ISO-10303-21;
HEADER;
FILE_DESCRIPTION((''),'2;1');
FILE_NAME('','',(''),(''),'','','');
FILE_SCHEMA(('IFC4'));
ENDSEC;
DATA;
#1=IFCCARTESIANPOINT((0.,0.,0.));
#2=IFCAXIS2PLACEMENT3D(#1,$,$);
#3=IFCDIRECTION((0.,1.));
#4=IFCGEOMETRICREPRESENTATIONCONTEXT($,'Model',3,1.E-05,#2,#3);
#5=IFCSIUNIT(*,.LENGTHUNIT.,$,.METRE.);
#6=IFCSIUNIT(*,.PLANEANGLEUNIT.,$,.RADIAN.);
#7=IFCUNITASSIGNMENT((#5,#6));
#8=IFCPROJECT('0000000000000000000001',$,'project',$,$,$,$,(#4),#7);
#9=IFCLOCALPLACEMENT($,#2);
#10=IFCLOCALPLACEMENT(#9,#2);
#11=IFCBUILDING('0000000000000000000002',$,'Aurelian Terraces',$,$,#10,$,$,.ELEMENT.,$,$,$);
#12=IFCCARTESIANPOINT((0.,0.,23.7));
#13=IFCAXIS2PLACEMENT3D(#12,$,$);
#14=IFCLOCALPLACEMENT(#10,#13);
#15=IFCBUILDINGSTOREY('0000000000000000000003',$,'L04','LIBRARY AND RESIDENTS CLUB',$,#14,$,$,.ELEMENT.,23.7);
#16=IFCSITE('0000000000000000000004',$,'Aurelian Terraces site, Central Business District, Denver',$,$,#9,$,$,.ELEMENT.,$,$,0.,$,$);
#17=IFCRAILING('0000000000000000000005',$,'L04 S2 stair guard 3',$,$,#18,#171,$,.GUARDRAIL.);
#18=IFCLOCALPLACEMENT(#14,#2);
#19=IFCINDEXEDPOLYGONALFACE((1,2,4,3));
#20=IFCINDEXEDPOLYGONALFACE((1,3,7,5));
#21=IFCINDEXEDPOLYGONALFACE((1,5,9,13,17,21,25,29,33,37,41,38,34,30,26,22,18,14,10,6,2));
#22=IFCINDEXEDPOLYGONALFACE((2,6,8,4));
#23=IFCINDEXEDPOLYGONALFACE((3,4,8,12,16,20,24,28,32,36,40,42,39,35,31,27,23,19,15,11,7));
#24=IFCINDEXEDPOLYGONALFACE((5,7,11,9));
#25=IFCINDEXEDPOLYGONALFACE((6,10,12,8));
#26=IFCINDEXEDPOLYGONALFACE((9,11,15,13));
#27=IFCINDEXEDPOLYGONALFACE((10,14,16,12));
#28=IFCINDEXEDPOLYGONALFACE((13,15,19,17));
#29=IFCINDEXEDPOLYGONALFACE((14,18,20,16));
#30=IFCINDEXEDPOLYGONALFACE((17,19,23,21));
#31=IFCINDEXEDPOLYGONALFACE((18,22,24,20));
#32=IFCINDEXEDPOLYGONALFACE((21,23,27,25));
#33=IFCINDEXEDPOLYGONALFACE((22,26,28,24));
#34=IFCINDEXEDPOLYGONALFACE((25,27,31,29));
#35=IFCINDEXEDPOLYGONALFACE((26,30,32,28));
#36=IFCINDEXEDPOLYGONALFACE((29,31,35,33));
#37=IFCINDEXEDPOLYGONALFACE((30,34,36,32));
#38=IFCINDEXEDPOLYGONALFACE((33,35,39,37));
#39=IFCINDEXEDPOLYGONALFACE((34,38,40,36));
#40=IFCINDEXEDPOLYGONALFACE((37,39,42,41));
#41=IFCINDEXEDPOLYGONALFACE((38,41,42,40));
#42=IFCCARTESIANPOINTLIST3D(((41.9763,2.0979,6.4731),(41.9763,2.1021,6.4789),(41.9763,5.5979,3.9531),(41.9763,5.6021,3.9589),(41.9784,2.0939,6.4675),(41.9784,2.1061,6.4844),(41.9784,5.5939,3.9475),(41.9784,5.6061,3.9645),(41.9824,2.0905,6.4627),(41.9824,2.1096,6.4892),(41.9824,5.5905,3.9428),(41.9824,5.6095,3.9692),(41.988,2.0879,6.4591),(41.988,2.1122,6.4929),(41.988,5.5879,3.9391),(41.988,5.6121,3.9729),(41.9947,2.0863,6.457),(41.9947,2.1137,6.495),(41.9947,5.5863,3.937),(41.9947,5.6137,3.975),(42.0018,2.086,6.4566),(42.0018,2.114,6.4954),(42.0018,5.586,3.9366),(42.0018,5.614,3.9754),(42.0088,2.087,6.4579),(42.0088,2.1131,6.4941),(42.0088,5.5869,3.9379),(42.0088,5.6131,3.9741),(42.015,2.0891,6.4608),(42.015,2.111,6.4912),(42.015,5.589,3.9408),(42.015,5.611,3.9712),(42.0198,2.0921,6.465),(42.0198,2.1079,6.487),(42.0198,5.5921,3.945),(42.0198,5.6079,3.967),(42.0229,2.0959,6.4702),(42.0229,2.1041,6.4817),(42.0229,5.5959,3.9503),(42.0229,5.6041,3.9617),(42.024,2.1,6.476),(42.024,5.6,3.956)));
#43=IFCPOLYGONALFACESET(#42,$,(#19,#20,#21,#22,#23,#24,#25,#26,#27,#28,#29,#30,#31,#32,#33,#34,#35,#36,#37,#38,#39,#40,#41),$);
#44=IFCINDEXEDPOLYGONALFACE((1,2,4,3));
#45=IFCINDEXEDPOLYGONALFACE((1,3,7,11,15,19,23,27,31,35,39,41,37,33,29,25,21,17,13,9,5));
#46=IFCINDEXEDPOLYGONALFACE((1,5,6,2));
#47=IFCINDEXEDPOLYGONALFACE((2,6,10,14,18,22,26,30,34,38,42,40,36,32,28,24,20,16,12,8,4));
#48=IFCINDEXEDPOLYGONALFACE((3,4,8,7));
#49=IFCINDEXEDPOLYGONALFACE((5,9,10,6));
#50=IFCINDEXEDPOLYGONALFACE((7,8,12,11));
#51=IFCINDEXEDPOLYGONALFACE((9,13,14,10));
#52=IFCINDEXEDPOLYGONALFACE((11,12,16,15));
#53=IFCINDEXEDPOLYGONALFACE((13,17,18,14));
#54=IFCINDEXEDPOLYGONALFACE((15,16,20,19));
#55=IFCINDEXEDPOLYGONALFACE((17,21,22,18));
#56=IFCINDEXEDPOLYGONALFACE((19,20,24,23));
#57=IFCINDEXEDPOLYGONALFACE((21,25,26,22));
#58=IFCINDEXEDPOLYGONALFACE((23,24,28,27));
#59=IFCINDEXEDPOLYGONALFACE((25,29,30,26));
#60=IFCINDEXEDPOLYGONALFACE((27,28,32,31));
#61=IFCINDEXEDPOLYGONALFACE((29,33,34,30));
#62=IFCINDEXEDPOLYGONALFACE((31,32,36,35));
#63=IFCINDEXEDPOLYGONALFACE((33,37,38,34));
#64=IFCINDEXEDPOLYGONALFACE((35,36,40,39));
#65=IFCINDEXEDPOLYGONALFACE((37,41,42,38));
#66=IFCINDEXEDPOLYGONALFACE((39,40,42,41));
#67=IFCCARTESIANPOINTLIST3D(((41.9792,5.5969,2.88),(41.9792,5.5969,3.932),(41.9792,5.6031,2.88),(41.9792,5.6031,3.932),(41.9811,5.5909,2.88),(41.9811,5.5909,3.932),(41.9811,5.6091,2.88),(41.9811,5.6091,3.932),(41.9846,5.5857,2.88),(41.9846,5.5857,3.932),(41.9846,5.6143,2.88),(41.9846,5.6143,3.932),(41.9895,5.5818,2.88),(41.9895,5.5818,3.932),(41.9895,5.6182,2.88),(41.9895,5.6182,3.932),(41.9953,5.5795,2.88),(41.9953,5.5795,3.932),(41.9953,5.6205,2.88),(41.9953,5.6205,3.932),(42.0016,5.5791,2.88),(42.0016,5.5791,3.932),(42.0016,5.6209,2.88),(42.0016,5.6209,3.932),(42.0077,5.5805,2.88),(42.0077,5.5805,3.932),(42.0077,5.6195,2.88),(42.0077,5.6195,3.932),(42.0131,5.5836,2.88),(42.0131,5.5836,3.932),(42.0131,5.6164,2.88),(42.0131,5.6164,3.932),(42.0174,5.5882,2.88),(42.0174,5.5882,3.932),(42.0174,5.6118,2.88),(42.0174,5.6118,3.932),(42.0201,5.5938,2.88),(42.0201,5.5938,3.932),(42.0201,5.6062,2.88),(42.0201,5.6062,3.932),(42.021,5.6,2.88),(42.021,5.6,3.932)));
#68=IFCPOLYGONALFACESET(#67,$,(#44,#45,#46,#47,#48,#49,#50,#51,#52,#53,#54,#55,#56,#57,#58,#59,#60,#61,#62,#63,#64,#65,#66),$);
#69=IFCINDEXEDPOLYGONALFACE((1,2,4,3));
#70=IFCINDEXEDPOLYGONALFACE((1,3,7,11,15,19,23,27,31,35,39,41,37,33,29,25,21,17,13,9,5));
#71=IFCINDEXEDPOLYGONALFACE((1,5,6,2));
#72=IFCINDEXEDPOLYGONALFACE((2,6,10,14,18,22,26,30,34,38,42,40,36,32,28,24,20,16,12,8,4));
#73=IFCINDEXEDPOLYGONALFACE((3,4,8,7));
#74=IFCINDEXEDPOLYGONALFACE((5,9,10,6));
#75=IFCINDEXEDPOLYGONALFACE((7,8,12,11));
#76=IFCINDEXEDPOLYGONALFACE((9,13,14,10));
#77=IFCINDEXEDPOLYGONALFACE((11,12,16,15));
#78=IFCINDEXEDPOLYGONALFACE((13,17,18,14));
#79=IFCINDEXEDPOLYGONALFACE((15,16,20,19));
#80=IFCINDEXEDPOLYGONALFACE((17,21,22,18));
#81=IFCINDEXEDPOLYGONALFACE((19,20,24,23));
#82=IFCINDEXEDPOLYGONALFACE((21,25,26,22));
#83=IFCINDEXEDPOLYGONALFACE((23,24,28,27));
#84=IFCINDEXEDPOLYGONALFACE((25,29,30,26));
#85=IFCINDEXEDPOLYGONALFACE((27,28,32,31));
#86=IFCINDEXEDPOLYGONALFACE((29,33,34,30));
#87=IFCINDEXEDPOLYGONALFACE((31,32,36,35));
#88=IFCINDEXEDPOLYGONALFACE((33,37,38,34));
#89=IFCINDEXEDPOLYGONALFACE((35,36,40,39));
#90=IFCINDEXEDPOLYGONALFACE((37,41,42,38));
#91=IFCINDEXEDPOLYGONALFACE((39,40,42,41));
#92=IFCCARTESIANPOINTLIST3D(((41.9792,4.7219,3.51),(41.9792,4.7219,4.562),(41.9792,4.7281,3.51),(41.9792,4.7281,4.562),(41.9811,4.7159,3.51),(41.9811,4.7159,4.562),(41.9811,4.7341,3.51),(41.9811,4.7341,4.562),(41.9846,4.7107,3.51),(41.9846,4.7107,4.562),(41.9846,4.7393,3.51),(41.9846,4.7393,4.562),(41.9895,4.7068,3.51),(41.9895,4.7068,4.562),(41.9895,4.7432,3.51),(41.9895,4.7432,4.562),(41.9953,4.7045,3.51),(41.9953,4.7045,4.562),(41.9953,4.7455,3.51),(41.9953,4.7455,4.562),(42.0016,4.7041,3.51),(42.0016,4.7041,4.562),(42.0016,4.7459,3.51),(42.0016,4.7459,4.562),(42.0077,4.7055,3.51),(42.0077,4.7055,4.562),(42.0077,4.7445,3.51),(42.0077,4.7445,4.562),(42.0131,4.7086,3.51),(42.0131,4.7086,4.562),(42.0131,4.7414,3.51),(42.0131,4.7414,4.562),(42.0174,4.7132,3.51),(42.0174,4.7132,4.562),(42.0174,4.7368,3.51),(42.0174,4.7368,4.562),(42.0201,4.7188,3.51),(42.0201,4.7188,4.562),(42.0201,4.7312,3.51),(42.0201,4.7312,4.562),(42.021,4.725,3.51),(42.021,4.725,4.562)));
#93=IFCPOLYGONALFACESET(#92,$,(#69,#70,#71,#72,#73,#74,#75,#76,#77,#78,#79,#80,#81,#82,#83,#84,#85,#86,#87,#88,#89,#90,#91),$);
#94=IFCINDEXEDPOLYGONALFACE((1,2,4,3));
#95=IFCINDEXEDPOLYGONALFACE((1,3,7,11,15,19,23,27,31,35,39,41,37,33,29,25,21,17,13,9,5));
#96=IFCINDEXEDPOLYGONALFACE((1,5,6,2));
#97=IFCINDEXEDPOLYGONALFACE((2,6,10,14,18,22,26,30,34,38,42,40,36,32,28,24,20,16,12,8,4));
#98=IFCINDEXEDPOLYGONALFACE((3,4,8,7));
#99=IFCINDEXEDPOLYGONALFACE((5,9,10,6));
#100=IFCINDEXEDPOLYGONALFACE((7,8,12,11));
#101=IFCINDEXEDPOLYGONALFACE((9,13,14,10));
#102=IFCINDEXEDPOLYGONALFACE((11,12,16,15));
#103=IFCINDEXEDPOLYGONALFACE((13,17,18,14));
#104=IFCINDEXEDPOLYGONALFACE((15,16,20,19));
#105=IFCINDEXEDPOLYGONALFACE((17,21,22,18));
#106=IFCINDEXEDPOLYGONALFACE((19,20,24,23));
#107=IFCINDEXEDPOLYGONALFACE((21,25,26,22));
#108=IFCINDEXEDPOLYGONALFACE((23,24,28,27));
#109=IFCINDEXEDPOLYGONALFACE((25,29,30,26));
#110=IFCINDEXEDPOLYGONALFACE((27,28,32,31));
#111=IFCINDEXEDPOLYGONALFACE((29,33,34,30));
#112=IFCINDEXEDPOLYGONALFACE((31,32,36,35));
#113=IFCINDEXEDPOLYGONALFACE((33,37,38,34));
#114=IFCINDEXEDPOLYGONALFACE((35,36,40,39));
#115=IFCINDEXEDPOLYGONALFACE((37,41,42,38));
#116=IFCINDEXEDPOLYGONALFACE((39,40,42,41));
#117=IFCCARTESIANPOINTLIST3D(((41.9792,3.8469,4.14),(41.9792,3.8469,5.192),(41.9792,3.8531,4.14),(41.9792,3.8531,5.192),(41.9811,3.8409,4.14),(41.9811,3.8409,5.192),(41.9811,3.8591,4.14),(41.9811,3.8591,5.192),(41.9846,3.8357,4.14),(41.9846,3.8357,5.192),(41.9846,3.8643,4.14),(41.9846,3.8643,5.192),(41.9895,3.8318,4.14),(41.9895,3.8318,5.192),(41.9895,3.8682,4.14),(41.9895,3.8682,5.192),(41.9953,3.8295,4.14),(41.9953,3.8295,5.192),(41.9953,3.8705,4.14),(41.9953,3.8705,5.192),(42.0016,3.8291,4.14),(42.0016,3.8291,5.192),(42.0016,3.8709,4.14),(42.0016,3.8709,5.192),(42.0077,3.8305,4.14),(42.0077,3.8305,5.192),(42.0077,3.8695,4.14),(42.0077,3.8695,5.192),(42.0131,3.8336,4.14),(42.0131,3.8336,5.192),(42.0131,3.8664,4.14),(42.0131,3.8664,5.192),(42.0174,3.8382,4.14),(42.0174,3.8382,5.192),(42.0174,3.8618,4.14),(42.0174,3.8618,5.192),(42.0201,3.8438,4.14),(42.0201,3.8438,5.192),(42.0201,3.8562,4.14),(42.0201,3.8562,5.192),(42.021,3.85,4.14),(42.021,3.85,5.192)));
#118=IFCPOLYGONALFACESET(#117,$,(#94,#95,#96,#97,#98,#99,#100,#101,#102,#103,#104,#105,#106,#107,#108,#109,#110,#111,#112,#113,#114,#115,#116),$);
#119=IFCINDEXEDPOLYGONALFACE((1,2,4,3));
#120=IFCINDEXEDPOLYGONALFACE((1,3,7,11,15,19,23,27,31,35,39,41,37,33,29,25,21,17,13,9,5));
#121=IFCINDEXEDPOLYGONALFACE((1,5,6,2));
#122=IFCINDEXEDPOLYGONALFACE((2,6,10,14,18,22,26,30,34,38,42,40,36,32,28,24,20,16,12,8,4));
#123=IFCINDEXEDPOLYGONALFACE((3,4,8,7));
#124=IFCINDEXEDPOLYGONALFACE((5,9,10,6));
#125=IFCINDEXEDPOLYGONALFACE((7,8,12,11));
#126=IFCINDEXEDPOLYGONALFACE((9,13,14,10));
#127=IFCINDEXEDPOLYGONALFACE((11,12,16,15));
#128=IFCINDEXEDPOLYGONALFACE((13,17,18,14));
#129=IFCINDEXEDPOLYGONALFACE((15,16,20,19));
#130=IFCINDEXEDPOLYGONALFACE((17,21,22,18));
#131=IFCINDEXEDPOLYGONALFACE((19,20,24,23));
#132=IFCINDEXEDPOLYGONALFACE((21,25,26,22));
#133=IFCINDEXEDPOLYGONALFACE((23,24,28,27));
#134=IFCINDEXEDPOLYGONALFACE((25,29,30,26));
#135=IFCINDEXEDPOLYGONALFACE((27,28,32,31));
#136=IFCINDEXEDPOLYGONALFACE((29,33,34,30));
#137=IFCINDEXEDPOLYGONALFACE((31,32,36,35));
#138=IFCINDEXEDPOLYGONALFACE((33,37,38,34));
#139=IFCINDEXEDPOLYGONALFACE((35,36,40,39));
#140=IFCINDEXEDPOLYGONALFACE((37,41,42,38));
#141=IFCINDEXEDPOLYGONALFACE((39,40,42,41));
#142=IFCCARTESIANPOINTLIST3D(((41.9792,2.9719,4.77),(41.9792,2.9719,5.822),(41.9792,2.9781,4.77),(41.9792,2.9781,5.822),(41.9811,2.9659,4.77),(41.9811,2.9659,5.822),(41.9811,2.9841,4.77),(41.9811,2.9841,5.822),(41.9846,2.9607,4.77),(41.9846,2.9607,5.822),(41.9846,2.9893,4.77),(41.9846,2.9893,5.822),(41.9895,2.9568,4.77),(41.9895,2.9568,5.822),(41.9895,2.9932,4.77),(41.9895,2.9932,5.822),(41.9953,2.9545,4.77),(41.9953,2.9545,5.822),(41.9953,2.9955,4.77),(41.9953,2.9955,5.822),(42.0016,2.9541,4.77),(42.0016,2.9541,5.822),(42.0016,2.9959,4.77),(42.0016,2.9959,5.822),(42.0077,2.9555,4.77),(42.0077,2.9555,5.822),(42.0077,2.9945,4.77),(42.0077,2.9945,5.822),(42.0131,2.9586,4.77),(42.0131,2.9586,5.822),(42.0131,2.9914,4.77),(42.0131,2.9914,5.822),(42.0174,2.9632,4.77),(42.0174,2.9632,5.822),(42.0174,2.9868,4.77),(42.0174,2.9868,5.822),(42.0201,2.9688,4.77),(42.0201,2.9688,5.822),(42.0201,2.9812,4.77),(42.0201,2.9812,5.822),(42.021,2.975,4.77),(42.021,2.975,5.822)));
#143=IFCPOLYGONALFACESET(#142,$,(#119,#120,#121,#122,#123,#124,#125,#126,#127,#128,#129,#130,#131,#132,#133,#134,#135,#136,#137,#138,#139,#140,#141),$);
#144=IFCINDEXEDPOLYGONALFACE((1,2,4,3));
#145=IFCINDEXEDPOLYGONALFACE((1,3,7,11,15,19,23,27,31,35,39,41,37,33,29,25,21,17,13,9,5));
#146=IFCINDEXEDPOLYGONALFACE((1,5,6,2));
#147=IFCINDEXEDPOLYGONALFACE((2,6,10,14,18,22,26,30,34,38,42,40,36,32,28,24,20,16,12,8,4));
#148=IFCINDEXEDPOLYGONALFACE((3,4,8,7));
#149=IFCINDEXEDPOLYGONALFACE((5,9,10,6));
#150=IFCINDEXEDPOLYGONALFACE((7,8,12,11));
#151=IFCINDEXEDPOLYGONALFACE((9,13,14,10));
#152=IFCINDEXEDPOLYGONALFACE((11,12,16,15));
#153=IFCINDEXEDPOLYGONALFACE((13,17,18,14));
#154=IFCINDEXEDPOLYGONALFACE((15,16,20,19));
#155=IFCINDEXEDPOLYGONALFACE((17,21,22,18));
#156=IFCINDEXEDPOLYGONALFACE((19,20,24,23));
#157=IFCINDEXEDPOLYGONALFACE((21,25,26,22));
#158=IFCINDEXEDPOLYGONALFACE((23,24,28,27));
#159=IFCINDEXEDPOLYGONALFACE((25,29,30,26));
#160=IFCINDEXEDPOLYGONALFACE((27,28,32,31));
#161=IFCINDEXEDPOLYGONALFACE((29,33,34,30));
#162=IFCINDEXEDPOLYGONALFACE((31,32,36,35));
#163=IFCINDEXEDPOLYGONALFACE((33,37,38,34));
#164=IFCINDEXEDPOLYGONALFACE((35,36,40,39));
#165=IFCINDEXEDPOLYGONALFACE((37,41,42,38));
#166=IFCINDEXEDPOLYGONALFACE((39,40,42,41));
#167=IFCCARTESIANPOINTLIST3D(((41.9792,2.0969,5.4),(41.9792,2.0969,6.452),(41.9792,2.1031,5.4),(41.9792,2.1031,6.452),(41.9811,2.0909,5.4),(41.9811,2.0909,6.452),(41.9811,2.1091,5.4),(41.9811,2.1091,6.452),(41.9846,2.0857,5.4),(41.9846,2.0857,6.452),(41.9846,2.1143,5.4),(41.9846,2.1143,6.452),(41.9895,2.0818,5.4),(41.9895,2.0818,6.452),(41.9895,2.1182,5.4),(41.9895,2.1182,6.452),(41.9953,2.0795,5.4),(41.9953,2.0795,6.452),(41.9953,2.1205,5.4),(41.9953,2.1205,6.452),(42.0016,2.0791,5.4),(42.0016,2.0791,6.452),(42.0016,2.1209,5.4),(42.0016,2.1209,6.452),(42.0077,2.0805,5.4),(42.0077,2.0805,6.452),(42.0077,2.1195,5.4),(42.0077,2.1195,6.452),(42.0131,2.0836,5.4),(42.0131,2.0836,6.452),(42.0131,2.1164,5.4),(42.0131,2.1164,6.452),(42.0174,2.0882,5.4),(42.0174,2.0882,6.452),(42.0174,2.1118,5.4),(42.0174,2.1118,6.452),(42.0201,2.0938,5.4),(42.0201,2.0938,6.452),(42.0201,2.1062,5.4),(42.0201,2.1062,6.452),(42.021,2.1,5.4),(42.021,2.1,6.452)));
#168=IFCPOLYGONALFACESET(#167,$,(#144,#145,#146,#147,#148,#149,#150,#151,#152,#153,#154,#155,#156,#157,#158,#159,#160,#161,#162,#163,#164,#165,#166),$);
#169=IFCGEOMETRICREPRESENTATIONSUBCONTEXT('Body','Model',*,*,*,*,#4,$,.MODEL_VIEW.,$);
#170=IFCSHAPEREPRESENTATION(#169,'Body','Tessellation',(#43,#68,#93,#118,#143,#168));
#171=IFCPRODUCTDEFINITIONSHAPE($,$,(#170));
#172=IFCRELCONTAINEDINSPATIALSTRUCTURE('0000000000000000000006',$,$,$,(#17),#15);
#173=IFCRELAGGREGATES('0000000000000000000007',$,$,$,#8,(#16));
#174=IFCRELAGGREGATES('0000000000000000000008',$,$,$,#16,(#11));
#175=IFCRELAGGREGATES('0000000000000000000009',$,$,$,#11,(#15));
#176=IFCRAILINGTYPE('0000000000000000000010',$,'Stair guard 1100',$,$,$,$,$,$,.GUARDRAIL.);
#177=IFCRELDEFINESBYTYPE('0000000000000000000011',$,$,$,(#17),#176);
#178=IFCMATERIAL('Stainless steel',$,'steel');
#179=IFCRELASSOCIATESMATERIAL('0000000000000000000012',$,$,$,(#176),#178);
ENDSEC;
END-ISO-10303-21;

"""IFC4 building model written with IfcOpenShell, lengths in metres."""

from ifc_helpers import new_model, si_unit, direction, frame, origin, origin_2d, place, context, subcontext, project, spatial, circle, extrude, source, transform, mapped, material, type_object, element, save


model = new_model("IFC4")

# Units and contexts
model_context = context("Model", 3, precision=1e-05, world=origin(), true_north=direction((0.0, 1.0)))
body_context = subcontext(model_context, "Body", "Model", "MODEL_VIEW")
ifc_project = project(units=[si_unit("LENGTHUNIT", "METRE"), si_unit("PLANEANGLEUNIT", "RADIAN")], contexts=[model_context])

# Site, building, storey
site_placement = place(None, origin())
site = spatial("IfcSite", under=ifc_project, at=site_placement, Name="Aurelian Terraces site, Central Business District, Denver", CompositionType="ELEMENT", RefElevation=0.0)
building_placement = place(site_placement, origin())
building = spatial("IfcBuilding", under=site, at=building_placement, Name="Aurelian Terraces", CompositionType="ELEMENT")
storey_placement = place(building_placement, frame((0.0, 0.0, 23.7)))
storey = spatial("IfcBuildingStorey", under=building, at=storey_placement, Name="L04", Description="LIBRARY AND RESIDENTS CLUB", CompositionType="ELEMENT", Elevation=23.7)

# Railing
ifc_material_1 = material(Name="Stainless steel", Category="steel")
railing_type_1 = type_object("IfcRailingType", Name="Stair guard 1100", PredefinedType="GUARDRAIL", material=ifc_material_1)
shared_shape_1 = source(origin(), body_context, "Body", "SweptSolid", [
    extrude(circle(Radius=0.024, at=origin_2d()), frame((0.0, 0.0, 1.076), z_axis=(0.0, -0.811534, 0.584305), x_axis=(1.0, 0.0, 0.0)), (0.0, 0.0, 1.0), 4.3128),
    extrude(circle(Radius=0.021, at=origin_2d()), origin(), (0.0, 0.0, 1.0), 1.052),
    extrude(circle(Radius=0.021, at=origin_2d()), frame((0.0, -0.875, 0.63)), (0.0, 0.0, 1.0), 1.052),
    extrude(circle(Radius=0.021, at=origin_2d()), frame((0.0, -1.75, 1.26)), (0.0, 0.0, 1.0), 1.052),
    extrude(circle(Radius=0.021, at=origin_2d()), frame((0.0, -2.625, 1.89)), (0.0, 0.0, 1.0), 1.052),
    extrude(circle(Radius=0.021, at=origin_2d()), frame((0.0, -3.5, 2.52)), (0.0, 0.0, 1.0), 1.052),
])
railing_1_placement = place(storey_placement, frame((42.0, 5.6, 2.88)))
element("IfcRailing", 1, at=railing_1_placement, inside=storey, type_object=railing_type_1, Name="L04 S2 stair guard 3", PredefinedType="GUARDRAIL", context=body_context, shape_type="MappedRepresentation", body=[
    mapped(shared_shape_1, transform((0.0, 0.0, 0.0), scale=1.0)),
])

save(model, "model.ifc")
